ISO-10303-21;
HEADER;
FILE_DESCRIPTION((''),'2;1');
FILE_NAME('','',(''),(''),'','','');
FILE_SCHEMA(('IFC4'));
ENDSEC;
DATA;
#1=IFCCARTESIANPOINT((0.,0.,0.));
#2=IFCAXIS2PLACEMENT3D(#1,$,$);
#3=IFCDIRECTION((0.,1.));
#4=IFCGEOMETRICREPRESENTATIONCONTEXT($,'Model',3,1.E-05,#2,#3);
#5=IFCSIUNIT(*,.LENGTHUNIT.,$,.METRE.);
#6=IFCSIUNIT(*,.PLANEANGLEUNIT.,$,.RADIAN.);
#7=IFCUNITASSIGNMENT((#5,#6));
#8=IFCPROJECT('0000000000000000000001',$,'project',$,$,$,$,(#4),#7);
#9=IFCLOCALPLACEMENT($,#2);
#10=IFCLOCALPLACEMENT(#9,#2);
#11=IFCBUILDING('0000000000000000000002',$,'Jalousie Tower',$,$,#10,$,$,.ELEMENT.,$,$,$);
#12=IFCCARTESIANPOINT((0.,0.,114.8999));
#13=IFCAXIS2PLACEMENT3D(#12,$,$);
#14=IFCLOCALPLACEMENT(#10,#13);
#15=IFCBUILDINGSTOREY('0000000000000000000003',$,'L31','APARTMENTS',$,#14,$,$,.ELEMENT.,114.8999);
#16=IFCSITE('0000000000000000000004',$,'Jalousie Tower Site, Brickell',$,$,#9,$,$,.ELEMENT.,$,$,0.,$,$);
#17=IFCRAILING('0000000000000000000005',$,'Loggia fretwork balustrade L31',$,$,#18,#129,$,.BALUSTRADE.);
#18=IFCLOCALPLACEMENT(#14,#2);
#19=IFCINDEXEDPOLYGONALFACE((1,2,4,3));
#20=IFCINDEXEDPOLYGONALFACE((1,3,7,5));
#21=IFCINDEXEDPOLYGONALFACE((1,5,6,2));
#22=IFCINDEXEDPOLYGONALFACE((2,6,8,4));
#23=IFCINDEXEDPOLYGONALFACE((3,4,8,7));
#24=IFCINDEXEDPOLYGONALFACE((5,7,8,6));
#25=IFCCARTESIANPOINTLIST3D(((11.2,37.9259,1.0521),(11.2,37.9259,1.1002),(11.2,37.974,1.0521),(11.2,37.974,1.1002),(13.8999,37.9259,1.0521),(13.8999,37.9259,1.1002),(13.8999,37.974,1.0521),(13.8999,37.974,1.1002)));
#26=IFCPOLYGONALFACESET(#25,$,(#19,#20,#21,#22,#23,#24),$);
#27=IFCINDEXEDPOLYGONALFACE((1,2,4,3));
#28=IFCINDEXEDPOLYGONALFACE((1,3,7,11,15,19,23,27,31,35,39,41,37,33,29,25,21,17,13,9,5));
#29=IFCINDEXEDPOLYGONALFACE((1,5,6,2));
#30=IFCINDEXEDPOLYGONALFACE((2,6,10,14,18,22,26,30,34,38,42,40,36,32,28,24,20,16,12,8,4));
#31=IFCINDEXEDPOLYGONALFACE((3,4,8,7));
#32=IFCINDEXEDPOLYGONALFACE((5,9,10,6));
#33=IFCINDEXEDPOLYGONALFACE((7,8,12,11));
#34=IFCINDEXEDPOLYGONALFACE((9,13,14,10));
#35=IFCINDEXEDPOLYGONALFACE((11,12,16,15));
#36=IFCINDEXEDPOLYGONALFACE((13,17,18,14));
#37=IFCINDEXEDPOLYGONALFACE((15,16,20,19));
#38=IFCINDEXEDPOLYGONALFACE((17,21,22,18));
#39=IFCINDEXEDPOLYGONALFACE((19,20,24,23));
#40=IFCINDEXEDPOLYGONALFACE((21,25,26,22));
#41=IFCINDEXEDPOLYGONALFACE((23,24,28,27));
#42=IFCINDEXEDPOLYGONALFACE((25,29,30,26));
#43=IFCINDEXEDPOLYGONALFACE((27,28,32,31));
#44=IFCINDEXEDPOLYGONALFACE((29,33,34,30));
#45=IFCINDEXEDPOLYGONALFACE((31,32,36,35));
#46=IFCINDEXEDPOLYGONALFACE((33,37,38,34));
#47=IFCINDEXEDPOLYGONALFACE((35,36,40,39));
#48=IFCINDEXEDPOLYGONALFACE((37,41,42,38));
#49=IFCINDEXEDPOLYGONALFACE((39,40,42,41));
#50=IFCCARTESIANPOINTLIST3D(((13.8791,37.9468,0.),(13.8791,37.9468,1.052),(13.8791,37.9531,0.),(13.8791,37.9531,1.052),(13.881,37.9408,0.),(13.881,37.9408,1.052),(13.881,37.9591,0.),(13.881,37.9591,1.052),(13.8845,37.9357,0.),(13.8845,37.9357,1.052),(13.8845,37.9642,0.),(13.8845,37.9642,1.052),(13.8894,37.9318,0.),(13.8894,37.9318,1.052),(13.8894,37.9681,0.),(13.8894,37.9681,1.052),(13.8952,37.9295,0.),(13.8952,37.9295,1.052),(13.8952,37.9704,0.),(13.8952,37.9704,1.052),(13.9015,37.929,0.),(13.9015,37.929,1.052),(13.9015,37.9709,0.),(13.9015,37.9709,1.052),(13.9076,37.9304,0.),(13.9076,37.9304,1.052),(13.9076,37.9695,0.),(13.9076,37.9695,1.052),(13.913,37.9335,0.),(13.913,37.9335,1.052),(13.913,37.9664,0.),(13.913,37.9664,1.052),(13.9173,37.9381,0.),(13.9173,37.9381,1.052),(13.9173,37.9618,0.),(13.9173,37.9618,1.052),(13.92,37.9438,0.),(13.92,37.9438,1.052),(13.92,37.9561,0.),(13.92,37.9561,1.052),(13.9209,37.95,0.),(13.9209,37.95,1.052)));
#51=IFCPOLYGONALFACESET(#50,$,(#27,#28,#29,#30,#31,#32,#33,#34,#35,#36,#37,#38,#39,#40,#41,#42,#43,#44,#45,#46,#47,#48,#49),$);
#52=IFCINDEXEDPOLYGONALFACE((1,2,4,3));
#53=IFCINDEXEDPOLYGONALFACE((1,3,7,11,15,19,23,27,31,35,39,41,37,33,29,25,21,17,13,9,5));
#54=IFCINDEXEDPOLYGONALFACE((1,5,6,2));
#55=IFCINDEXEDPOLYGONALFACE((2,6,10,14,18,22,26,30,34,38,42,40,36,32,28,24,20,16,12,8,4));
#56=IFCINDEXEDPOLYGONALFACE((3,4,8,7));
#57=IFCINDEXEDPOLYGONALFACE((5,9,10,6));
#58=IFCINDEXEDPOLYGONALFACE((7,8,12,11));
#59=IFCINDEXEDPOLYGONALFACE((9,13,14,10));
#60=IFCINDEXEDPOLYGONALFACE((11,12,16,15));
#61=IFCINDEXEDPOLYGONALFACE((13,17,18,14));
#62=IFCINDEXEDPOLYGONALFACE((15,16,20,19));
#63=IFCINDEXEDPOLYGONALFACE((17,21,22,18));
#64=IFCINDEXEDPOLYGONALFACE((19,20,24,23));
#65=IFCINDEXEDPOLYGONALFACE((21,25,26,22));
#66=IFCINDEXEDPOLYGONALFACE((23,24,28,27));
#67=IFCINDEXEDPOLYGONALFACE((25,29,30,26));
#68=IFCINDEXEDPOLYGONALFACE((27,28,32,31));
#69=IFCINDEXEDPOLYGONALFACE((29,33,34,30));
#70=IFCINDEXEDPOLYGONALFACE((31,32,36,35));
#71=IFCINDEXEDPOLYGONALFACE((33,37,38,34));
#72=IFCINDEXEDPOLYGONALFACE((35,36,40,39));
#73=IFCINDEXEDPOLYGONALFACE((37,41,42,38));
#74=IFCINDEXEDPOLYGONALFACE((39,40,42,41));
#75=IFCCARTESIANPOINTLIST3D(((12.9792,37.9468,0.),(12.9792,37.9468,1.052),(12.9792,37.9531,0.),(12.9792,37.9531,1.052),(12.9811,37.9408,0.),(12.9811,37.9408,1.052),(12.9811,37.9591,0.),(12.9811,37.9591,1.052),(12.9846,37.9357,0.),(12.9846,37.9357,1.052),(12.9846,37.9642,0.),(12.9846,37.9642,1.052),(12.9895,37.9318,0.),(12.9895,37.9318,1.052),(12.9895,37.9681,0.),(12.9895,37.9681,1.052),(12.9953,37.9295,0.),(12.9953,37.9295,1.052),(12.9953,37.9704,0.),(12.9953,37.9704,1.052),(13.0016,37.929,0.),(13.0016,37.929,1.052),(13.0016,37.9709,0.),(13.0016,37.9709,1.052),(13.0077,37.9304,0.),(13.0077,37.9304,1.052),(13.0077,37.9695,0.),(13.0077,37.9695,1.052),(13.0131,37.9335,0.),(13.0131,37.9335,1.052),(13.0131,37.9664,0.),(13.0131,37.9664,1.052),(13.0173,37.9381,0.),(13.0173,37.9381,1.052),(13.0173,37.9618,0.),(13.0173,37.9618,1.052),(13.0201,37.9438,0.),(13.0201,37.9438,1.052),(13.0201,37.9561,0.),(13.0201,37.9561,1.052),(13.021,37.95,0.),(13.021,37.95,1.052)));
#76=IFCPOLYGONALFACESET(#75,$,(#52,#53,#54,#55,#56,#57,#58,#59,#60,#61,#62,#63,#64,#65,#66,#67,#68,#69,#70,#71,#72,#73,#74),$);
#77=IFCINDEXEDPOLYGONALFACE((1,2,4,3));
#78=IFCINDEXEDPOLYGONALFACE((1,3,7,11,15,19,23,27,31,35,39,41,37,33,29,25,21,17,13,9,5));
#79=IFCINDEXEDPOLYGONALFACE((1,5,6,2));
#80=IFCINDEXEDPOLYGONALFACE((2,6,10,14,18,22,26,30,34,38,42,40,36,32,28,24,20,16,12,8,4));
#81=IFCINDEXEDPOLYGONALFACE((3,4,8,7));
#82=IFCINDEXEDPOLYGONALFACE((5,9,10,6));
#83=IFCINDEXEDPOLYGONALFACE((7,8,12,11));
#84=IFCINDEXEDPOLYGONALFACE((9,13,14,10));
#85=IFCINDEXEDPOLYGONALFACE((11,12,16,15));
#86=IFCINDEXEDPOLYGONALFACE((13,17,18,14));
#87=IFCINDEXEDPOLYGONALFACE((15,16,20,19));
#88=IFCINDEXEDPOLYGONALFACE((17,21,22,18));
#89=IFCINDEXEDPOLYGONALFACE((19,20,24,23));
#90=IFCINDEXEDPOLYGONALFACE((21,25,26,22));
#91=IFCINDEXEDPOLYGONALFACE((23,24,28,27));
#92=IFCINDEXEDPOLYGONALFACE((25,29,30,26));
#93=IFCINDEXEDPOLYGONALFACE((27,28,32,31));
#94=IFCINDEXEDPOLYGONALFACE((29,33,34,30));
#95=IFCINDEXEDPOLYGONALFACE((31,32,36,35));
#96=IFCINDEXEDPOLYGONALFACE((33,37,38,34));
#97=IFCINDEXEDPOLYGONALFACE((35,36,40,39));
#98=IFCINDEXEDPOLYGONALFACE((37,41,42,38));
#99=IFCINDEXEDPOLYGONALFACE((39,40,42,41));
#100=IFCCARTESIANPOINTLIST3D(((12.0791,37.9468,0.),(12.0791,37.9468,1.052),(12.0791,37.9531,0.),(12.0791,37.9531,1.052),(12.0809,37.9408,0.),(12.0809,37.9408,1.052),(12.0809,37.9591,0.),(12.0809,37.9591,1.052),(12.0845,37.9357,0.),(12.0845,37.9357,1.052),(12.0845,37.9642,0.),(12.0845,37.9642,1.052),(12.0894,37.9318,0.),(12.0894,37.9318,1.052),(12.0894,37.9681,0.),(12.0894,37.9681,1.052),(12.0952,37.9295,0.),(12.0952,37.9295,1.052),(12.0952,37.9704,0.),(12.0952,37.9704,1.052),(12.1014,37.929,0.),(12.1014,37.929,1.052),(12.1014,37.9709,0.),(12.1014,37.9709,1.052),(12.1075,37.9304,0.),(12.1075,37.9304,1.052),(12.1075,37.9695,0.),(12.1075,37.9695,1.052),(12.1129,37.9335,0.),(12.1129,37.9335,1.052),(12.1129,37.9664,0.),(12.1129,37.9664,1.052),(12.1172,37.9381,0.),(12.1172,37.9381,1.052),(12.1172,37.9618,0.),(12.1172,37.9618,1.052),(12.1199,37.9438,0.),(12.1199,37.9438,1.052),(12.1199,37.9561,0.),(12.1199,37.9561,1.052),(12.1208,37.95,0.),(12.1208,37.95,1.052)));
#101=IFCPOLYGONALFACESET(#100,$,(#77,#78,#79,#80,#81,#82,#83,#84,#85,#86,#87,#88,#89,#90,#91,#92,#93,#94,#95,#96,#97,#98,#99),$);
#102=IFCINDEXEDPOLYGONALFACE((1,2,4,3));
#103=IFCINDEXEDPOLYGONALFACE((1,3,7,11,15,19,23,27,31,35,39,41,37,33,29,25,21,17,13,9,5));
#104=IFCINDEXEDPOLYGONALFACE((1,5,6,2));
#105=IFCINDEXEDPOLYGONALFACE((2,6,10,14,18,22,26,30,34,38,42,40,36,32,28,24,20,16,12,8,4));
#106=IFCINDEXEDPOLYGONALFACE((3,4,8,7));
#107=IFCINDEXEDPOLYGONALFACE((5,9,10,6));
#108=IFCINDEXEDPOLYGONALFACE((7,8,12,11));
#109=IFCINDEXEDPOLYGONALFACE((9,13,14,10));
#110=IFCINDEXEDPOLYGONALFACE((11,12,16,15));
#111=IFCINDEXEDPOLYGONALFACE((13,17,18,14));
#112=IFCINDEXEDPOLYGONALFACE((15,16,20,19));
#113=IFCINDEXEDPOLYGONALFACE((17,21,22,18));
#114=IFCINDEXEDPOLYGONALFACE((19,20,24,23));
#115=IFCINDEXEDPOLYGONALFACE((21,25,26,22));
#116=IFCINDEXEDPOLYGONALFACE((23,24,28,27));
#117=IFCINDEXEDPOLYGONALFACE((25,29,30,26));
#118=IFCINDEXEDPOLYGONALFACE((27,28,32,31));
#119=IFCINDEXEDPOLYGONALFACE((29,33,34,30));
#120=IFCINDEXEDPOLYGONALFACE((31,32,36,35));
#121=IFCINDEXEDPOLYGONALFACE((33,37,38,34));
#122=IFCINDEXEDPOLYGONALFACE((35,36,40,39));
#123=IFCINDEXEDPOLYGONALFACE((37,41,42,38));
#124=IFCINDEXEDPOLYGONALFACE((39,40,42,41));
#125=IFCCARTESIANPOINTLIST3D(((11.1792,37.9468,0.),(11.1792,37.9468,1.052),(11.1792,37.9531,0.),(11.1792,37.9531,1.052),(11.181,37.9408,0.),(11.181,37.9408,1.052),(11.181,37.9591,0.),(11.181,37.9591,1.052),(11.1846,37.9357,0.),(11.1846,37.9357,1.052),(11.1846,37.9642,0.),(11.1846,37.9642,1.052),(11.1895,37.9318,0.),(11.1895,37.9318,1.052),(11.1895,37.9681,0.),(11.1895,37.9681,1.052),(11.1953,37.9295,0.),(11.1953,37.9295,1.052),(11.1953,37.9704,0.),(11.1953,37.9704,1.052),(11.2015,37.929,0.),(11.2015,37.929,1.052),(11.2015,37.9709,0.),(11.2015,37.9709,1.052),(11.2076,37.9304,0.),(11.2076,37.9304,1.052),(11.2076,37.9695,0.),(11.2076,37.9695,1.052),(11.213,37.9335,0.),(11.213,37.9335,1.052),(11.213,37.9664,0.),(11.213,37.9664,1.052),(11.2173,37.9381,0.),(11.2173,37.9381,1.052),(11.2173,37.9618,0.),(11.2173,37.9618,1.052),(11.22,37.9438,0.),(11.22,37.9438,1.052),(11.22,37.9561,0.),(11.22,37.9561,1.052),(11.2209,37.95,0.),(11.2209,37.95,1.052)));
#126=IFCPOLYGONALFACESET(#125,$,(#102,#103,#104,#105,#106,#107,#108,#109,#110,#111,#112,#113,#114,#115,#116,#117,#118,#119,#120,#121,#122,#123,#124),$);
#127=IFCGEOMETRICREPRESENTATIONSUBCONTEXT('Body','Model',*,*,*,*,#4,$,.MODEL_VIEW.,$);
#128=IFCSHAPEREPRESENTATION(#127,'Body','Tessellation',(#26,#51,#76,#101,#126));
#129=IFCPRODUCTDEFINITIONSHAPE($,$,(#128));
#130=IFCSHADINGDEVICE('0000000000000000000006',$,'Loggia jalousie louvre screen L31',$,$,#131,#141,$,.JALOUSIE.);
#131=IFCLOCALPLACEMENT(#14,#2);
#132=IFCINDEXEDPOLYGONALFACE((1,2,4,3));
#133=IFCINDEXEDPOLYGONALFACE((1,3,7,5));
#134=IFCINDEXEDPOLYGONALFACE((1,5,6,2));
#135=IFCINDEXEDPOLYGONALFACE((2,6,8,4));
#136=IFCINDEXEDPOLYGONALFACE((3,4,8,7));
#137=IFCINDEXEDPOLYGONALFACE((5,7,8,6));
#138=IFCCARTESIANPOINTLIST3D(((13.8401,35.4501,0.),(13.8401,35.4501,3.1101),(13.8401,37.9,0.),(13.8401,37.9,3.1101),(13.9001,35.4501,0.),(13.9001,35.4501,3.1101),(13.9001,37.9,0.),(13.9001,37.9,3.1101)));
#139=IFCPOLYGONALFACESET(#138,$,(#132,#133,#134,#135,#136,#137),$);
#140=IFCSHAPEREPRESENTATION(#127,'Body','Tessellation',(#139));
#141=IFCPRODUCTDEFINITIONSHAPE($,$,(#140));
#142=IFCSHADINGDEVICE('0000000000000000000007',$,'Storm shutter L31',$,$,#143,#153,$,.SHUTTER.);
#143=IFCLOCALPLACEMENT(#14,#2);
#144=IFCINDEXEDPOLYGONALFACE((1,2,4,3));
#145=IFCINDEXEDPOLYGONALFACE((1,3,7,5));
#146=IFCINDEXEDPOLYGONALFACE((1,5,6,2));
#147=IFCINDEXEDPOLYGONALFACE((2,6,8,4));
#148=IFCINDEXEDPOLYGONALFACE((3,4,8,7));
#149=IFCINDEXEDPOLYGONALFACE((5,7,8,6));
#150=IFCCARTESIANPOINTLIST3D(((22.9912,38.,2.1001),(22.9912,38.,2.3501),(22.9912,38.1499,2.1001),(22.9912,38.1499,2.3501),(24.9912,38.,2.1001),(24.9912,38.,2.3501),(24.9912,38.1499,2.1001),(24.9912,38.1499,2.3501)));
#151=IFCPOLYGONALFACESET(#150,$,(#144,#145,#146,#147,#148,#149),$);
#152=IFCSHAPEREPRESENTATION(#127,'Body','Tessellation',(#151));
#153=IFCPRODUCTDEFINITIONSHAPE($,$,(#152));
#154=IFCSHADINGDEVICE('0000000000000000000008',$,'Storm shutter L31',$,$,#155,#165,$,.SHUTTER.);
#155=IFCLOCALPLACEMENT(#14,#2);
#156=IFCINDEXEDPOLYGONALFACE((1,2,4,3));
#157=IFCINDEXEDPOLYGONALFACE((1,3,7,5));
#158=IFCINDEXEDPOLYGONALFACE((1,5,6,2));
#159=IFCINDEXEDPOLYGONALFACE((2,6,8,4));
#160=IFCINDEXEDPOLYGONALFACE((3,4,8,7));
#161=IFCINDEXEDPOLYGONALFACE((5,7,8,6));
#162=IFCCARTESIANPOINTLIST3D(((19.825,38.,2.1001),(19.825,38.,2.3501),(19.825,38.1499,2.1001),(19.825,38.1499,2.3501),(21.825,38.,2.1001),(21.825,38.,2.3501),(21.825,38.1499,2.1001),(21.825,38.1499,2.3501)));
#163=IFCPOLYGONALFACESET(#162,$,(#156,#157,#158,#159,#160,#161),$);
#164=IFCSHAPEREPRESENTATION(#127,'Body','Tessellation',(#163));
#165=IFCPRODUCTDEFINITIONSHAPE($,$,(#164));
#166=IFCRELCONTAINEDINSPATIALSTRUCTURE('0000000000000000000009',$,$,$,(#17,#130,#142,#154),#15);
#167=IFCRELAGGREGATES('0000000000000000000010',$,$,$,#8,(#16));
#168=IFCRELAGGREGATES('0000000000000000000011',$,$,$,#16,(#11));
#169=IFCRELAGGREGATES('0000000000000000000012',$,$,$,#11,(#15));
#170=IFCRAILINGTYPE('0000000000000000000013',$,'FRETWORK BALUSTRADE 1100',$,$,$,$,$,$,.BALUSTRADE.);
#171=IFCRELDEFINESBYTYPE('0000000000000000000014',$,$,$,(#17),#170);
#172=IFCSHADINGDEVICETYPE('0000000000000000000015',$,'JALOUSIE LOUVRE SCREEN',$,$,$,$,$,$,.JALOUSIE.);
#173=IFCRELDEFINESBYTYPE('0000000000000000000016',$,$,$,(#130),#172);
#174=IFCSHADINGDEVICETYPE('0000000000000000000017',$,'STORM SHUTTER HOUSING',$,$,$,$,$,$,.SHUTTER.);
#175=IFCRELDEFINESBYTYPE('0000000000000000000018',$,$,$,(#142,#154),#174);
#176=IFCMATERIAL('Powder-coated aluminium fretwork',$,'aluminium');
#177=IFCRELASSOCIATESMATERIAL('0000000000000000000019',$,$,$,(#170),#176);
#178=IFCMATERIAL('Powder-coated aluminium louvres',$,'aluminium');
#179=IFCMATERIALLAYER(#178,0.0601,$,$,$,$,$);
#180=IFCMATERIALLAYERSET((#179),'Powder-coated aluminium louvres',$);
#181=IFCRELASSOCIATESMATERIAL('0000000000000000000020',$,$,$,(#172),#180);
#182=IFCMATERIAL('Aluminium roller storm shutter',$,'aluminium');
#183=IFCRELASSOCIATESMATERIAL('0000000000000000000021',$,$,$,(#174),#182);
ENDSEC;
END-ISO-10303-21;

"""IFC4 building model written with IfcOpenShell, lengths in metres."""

from ifc_helpers import new_model, si_unit, direction, frame, origin, origin_2d, place, context, subcontext, project, spatial, rectangle, circle, extrude, material, layer, layer_set, type_object, element, save


model = new_model("IFC4")

# Units and contexts
model_context = context("Model", 3, precision=1e-05, world=origin(), true_north=direction((0.0, 1.0)))
body_context = subcontext(model_context, "Body", "Model", "MODEL_VIEW")
ifc_project = project(units=[si_unit("LENGTHUNIT", "METRE"), si_unit("PLANEANGLEUNIT", "RADIAN")], contexts=[model_context])

# Site, building, storey
site_placement = place(None, origin())
site = spatial("IfcSite", under=ifc_project, at=site_placement, Name="Jalousie Tower Site, Brickell", CompositionType="ELEMENT", RefElevation=0.0)
building_placement = place(site_placement, origin())
building = spatial("IfcBuilding", under=site, at=building_placement, Name="Jalousie Tower", CompositionType="ELEMENT")
storey_placement = place(building_placement, frame((0.0, 0.0, 114.8999)))
storey = spatial("IfcBuildingStorey", under=building, at=storey_placement, Name="L31", Description="APARTMENTS", CompositionType="ELEMENT", Elevation=114.8999)

# Railing
ifc_material_1 = material(Name="Powder-coated aluminium fretwork", Category="aluminium")
railing_type = type_object("IfcRailingType", Name="FRETWORK BALUSTRADE 1100", PredefinedType="BALUSTRADE", material=ifc_material_1)
railing_placement = place(storey_placement, frame((13.8999, 37.95, 0.0)))
element("IfcRailing", 1, at=railing_placement, inside=storey, type_object=railing_type, Name="Loggia fretwork balustrade L31", PredefinedType="BALUSTRADE", context=body_context, shape_type="SweptSolid", body=[
    extrude(rectangle(XDim=0.0481, YDim=0.0481, at=origin_2d()), frame((0.0, 0.0, 1.0762), z_axis=(-1.0, 0.0, 0.0), x_axis=(0.0, -1.0, 0.0)), (0.0, 0.0, 1.0), 2.7),
    extrude(circle(Radius=0.021, at=origin_2d()), origin(), (0.0, 0.0, 1.0), 1.052),
    extrude(circle(Radius=0.021, at=origin_2d()), frame((-0.8999, 0.0, 0.0)), (0.0, 0.0, 1.0), 1.052),
    extrude(circle(Radius=0.021, at=origin_2d()), frame((-1.8, 0.0, 0.0)), (0.0, 0.0, 1.0), 1.052),
    extrude(circle(Radius=0.021, at=origin_2d()), frame((-2.7, 0.0, 0.0)), (0.0, 0.0, 1.0), 1.052),
])

# Shading devices
ifc_material_2 = material(Name="Powder-coated aluminium louvres", Category="aluminium")
ifc_layer_1 = layer(ifc_material_2, 0.0601)
ifc_layer_set_1 = layer_set([ifc_layer_1], Name="Powder-coated aluminium louvres")
shading_device_type_1 = type_object("IfcShadingDeviceType", Name="JALOUSIE LOUVRE SCREEN", PredefinedType="JALOUSIE", material=ifc_layer_set_1)
shading_device_placement = place(storey_placement, frame((13.8701, 36.675, 0.0), z_axis=(0.0, 0.0, 1.0), x_axis=(-1.0, 0.0, 0.0)))
element("IfcShadingDevice", 2, at=shading_device_placement, inside=storey, type_object=shading_device_type_1, Name="Loggia jalousie louvre screen L31", PredefinedType="JALOUSIE", context=body_context, shape_type="SweptSolid", body=[
    extrude(rectangle(XDim=0.0601, YDim=2.45, at=origin_2d()), origin(), (0.0, 0.0, 1.0), 3.1101),
])
ifc_material_3 = material(Name="Aluminium roller storm shutter", Category="aluminium")
shading_device_type_2 = type_object("IfcShadingDeviceType", Name="STORM SHUTTER HOUSING", PredefinedType="SHUTTER", material=ifc_material_3)
for number, where, z_axis, x_axis, name in (
    (3, (23.9912, 38.075, 2.1001), (0.0, 0.0, 1.0), (-1.0, 0.0, 0.0), "Storm shutter L31"),
    (4, (20.825, 38.075, 2.1001), (0.0, 0.0, 1.0), (-1.0, 0.0, 0.0), "Storm shutter L31"),
):
    element("IfcShadingDevice", number, at=place(storey_placement, frame(where, z_axis=z_axis, x_axis=x_axis)), inside=storey, type_object=shading_device_type_2, Name=name, PredefinedType="SHUTTER", context=body_context, shape_type="SweptSolid", body=[
        extrude(rectangle(XDim=2.0, YDim=0.1499, at=origin_2d()), origin(), (0.0, 0.0, 1.0), 0.25),
    ])

save(model, "model.ifc")
